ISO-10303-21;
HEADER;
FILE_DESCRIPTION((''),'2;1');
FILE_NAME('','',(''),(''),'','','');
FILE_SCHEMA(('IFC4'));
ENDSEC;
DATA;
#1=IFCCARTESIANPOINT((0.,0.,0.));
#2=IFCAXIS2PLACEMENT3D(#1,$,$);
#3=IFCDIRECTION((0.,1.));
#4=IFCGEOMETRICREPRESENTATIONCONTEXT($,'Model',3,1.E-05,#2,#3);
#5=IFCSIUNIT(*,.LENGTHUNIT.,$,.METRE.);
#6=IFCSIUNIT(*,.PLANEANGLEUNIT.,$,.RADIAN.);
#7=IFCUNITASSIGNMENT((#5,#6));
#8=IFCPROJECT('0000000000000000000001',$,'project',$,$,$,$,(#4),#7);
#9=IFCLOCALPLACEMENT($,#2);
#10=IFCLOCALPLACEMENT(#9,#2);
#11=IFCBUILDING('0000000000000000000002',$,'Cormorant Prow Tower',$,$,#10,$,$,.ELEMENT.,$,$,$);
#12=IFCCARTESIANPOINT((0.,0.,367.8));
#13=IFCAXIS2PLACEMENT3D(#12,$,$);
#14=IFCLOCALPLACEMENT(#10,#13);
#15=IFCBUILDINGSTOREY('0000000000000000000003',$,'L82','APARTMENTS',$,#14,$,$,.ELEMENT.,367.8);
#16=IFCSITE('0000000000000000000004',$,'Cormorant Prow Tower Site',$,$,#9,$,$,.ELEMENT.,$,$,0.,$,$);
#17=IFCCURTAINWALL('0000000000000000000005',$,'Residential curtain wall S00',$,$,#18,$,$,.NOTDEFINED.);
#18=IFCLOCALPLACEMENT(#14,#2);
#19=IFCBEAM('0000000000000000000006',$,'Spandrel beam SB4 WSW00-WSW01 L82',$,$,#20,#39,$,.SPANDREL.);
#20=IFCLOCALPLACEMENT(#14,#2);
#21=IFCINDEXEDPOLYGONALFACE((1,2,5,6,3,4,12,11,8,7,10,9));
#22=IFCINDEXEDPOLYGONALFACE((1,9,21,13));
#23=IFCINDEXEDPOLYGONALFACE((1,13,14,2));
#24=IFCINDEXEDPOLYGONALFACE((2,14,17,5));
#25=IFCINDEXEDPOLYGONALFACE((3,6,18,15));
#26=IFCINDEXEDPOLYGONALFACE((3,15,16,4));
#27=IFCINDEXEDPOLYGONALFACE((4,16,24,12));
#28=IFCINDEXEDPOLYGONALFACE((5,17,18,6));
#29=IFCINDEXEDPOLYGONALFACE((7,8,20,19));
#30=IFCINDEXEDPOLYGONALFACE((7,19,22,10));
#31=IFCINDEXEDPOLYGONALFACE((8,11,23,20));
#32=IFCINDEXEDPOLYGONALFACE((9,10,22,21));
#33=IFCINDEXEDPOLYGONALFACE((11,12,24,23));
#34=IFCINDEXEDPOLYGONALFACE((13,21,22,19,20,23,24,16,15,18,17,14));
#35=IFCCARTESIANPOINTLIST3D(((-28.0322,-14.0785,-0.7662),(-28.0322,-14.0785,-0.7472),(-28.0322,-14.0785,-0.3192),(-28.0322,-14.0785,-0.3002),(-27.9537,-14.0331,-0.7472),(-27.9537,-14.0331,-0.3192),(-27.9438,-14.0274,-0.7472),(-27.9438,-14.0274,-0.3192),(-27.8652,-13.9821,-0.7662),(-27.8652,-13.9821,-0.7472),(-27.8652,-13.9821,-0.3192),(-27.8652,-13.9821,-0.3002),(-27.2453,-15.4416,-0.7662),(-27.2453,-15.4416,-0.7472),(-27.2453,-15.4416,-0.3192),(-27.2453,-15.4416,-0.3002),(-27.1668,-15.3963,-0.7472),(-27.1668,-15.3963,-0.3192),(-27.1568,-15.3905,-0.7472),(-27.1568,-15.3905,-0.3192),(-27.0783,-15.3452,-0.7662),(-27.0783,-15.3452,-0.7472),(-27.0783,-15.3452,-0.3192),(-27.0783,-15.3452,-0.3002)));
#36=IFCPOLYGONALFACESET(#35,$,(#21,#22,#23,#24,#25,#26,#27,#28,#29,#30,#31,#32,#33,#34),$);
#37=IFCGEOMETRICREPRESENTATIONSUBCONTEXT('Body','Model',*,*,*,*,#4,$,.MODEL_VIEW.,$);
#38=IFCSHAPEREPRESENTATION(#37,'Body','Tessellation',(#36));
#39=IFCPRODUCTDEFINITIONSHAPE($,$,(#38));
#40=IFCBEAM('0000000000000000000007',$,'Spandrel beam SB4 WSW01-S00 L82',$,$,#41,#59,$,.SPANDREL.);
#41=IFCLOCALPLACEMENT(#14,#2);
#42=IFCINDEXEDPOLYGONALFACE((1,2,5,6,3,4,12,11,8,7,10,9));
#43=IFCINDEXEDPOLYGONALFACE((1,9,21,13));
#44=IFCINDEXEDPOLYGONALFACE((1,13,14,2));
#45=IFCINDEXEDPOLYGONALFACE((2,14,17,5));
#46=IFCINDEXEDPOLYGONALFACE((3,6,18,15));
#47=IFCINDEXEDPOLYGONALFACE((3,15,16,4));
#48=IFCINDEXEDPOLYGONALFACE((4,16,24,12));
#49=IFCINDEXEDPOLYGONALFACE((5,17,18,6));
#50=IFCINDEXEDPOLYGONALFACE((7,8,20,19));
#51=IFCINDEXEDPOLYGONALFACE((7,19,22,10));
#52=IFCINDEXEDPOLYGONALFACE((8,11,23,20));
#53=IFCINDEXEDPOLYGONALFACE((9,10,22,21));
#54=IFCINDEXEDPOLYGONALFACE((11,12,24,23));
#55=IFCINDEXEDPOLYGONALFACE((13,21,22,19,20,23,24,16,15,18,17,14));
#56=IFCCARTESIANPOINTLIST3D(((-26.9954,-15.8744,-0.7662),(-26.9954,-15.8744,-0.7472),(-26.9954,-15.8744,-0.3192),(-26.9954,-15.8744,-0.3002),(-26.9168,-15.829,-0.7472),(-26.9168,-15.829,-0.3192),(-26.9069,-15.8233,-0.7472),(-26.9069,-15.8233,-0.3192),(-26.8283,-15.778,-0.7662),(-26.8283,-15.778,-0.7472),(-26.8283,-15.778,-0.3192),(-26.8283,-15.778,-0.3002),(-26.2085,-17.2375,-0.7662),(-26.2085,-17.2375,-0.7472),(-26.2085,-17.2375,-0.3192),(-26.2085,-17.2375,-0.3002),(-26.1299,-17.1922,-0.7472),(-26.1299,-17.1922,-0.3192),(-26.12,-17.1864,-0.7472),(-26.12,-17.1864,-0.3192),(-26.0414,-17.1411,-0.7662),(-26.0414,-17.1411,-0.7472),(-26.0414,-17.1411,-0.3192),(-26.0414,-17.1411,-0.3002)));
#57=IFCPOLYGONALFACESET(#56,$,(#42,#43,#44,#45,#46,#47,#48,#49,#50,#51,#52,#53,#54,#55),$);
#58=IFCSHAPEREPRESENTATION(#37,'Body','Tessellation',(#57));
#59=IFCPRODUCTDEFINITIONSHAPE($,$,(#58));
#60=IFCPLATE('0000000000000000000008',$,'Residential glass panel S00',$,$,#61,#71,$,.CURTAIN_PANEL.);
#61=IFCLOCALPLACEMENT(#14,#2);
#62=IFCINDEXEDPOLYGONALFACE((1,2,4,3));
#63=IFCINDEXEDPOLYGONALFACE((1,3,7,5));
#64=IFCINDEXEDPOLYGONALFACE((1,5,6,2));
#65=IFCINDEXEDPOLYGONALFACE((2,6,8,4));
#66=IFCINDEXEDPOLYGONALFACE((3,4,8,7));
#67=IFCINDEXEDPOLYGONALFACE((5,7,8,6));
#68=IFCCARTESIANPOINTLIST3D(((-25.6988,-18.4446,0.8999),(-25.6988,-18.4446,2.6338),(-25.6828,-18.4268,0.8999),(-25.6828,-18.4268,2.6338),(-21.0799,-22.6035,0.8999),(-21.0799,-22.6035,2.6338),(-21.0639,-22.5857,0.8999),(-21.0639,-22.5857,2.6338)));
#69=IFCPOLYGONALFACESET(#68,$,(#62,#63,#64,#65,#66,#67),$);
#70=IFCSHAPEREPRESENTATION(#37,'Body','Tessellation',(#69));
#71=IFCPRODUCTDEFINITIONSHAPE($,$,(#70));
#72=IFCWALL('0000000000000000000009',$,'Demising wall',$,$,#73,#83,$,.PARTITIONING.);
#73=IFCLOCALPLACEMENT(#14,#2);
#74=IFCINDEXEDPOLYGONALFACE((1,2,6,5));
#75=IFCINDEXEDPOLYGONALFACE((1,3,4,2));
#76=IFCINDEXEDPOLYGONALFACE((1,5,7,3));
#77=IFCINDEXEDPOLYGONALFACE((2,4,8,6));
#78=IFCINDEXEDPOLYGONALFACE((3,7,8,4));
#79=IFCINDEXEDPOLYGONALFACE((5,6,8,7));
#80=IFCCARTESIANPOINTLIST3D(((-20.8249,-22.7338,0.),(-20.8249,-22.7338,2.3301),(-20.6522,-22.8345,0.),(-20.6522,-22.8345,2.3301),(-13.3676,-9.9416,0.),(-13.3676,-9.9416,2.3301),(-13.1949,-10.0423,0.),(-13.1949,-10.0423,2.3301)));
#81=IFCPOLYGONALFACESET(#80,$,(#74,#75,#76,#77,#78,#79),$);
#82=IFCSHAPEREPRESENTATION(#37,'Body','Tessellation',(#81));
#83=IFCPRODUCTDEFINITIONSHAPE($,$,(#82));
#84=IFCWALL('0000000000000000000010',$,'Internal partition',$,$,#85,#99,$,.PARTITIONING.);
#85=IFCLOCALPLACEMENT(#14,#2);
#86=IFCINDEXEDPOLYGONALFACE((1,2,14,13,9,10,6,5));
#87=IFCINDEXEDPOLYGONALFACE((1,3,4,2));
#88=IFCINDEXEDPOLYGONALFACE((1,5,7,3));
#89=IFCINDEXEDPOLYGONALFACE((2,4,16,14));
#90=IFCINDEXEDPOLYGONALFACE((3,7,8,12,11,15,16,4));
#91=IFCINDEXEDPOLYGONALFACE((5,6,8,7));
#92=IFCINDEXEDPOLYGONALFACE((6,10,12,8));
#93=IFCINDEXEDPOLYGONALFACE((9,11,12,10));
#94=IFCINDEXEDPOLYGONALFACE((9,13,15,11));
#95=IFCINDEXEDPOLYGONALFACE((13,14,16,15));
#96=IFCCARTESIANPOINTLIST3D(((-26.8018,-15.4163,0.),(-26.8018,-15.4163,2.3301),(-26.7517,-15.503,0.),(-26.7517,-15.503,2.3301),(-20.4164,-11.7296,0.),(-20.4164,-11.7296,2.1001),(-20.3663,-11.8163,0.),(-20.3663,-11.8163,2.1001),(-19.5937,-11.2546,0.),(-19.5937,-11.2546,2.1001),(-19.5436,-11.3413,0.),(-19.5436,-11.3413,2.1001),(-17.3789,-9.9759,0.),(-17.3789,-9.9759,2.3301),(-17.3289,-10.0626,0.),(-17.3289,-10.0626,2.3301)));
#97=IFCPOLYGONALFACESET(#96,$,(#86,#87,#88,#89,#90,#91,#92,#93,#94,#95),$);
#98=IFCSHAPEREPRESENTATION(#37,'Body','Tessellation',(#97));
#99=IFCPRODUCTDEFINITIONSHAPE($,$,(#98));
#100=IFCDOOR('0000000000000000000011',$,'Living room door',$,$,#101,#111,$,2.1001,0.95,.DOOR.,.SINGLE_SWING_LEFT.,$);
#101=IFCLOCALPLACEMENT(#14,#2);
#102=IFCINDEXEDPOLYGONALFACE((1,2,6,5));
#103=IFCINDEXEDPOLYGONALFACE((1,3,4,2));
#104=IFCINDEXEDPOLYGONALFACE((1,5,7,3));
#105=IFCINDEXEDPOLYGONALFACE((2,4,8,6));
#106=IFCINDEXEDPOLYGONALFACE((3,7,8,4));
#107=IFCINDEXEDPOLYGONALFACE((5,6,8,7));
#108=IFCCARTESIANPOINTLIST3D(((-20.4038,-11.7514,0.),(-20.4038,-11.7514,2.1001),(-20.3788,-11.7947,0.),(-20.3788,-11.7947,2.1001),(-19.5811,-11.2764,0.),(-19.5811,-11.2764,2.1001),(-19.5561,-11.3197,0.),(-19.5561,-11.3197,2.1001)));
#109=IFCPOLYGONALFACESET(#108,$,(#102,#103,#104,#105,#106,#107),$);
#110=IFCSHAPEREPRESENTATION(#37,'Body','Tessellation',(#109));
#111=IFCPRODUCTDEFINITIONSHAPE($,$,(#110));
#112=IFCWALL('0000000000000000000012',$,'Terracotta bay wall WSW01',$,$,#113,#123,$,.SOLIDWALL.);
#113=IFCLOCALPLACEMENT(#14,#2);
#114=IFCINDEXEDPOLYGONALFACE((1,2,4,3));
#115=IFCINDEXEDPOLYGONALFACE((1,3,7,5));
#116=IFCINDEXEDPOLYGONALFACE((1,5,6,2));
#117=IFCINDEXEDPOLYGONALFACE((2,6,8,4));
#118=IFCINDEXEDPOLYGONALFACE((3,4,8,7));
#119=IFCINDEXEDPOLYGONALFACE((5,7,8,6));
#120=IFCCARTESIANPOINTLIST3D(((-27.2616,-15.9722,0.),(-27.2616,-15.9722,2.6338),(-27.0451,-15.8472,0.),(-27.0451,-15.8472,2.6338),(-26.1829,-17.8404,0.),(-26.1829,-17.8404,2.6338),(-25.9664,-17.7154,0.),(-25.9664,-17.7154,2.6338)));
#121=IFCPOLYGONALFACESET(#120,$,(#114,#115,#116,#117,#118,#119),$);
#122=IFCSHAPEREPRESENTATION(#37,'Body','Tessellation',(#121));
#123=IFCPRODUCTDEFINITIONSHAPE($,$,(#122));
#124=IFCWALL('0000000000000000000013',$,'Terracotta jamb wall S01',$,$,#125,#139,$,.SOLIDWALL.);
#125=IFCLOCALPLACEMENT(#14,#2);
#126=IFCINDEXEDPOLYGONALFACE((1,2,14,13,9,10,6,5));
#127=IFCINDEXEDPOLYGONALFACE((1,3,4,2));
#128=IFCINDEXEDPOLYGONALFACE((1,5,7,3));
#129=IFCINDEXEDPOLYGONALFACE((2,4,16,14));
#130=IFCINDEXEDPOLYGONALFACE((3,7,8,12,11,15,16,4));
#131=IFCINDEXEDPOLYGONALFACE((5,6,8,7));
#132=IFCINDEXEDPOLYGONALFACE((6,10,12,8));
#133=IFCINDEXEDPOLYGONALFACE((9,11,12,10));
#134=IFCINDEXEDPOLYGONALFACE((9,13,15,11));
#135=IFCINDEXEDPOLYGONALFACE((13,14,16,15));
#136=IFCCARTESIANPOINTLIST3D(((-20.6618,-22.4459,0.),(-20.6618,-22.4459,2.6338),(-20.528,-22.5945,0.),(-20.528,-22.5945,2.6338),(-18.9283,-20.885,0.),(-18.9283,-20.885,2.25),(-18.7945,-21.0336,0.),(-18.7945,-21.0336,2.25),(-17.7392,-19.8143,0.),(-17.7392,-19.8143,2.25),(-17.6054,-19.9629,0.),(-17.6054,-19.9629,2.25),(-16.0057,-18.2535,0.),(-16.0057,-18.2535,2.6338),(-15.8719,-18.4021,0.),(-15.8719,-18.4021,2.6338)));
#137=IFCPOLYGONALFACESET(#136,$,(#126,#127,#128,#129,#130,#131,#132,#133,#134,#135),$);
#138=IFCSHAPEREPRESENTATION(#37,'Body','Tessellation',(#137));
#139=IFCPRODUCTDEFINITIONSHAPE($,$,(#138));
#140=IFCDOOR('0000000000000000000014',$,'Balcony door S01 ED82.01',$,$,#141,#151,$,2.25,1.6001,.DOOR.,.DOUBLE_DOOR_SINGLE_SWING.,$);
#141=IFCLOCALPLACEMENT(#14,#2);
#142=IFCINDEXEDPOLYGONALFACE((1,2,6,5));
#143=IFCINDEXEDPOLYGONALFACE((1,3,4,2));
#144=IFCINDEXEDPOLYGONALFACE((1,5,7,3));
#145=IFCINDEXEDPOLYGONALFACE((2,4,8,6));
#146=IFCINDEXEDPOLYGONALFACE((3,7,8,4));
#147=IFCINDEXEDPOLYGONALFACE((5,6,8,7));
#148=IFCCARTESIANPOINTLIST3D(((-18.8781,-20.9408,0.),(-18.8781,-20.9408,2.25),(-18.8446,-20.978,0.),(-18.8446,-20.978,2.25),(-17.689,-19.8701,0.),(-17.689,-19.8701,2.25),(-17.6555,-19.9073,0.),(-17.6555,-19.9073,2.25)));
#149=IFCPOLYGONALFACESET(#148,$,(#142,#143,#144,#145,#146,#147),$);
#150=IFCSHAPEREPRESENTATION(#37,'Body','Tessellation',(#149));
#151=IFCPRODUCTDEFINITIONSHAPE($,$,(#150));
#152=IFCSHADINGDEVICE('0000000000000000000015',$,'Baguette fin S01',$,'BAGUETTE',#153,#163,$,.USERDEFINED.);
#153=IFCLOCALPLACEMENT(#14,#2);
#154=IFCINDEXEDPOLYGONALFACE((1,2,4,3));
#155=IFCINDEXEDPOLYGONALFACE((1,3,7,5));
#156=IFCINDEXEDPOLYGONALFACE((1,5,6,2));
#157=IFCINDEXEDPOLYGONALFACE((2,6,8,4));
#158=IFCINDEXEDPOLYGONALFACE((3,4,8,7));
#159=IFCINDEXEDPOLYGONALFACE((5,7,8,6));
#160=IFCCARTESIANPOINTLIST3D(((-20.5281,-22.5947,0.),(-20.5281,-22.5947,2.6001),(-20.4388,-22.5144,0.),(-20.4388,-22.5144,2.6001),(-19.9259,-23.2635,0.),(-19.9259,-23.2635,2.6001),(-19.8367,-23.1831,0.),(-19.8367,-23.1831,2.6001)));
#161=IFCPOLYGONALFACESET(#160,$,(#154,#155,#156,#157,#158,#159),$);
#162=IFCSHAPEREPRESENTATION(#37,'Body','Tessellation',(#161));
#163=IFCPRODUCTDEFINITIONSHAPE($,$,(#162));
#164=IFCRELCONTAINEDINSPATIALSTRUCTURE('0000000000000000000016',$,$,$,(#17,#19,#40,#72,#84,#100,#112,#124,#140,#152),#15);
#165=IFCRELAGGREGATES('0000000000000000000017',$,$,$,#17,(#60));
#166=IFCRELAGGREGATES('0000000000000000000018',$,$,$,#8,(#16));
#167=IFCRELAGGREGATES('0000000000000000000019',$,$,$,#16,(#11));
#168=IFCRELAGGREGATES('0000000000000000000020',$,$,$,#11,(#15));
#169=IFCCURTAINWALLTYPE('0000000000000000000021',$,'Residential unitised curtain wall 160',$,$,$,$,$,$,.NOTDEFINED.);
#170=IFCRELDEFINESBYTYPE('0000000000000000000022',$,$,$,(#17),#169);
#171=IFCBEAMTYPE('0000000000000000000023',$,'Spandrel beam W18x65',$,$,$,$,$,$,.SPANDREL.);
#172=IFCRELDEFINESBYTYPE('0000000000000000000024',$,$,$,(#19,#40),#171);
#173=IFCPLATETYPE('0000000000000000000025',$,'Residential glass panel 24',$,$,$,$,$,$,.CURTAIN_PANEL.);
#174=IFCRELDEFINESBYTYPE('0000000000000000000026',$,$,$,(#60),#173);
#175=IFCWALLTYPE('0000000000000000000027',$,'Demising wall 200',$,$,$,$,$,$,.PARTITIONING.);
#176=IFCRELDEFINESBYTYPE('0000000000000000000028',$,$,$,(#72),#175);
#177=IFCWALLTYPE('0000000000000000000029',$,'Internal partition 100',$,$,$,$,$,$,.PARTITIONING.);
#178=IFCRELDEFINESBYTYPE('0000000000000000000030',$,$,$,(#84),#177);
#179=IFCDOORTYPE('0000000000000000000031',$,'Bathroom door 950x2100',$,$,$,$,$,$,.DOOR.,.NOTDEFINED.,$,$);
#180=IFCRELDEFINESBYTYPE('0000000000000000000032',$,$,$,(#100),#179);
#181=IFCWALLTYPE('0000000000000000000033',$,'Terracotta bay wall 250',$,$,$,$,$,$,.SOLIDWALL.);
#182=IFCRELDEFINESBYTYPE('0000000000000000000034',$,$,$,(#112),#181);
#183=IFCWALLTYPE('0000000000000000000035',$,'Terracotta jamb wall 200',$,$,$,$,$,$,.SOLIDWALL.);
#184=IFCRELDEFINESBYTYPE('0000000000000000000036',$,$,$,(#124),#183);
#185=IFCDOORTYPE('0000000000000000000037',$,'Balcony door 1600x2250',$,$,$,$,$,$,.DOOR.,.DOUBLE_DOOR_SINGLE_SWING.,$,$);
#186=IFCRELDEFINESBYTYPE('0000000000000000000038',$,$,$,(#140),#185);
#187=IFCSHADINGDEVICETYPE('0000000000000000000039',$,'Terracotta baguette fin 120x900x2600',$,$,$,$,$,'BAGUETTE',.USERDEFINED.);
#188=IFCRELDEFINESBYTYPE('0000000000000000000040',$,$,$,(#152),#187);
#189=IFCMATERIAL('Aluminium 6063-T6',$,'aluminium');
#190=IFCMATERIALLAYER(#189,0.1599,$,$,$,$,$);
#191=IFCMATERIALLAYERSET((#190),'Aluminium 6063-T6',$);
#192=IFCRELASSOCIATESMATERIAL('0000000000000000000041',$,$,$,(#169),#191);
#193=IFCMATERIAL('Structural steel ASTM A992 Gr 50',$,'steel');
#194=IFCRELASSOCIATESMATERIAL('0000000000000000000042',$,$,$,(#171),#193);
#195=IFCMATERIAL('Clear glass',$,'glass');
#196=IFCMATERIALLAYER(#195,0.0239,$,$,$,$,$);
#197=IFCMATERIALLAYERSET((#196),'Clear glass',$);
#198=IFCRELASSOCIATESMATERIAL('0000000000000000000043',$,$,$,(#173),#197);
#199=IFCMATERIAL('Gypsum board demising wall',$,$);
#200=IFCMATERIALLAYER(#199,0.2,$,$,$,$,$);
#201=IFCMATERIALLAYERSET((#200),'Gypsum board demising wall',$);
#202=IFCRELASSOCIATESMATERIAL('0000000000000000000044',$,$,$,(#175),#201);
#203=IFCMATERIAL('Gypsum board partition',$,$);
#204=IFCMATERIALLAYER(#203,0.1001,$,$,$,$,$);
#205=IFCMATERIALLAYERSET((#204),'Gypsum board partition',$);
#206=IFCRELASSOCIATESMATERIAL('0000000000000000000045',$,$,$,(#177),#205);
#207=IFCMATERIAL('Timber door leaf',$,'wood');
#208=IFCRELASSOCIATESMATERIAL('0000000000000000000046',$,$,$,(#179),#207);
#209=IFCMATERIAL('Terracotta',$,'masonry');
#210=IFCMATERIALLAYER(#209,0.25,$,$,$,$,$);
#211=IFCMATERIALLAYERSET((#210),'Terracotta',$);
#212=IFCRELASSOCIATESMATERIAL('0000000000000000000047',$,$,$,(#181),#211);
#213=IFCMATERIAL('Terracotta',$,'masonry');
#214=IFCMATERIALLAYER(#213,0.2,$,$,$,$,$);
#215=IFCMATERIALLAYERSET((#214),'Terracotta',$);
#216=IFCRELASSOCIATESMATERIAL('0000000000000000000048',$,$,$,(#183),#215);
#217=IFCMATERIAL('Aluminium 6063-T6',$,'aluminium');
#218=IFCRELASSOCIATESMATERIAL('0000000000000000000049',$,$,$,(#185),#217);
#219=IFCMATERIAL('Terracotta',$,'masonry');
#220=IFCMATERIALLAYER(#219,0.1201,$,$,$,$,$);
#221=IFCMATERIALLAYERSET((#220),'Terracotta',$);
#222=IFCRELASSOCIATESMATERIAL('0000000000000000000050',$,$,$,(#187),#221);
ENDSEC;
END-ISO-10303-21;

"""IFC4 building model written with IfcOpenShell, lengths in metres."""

from ifc_helpers import new_model, si_unit, direction, frame, frame_2d, origin, origin_2d, place, context, subcontext, project, spatial, rectangle, i_section, extrude, material, layer, layer_set, material_profile, profile_set, type_object, element, fill, aggregate, save


model = new_model("IFC4")

# Units and contexts
model_context = context("Model", 3, precision=1e-05, world=origin(), true_north=direction((0.0, 1.0)))
body_context = subcontext(model_context, "Body", "Model", "MODEL_VIEW")
ifc_project = project(units=[si_unit("LENGTHUNIT", "METRE"), si_unit("PLANEANGLEUNIT", "RADIAN")], contexts=[model_context])

# Site, building, storey
site_placement = place(None, origin())
site = spatial("IfcSite", under=ifc_project, at=site_placement, Name="Cormorant Prow Tower Site", CompositionType="ELEMENT", RefElevation=0.0)
building_placement = place(site_placement, origin())
building = spatial("IfcBuilding", under=site, at=building_placement, Name="Cormorant Prow Tower", CompositionType="ELEMENT")
storey_placement = place(building_placement, frame((0.0, 0.0, 367.8)))
storey = spatial("IfcBuildingStorey", under=building, at=storey_placement, Name="L82", Description="APARTMENTS", CompositionType="ELEMENT", Elevation=367.8)

# Curtain wall
ifc_material_1 = material(Name="Aluminium 6063-T6", Category="aluminium")
ifc_layer_1 = layer(ifc_material_1, 0.1599)
ifc_layer_set_1 = layer_set([ifc_layer_1], Name="Aluminium 6063-T6")
curtain_wall_type = type_object("IfcCurtainWallType", Name="Residential unitised curtain wall 160", PredefinedType="NOTDEFINED", material=ifc_layer_set_1)
curtain_wall_placement = place(storey_placement, origin())
curtain_wall = element("IfcCurtainWall", 1, at=curtain_wall_placement, inside=storey, type_object=curtain_wall_type, Name="Residential curtain wall S00", PredefinedType="NOTDEFINED")

# Beams
ifc_material_2 = material(Name="Structural steel ASTM A992 Gr 50", Category="steel")
ifc_material_profile_1 = material_profile(ifc_material_2, i_section(OverallWidth=0.1929, OverallDepth=0.4661, WebThickness=0.0115, FlangeThickness=0.019, at=origin_2d()), Name="W18x65")
ifc_profile_set_1 = profile_set([ifc_material_profile_1], Name="Structural steel ASTM A992 Gr 50")
beam_type = type_object("IfcBeamType", Name="Spandrel beam W18x65", PredefinedType="SPANDREL", material=ifc_profile_set_1)
for number, where, z_axis, x_axis, name in (
    (2, (-27.9487, -14.0303, -0.5332), (0.49996, -0.866049, 0.0), (0.866049, 0.49996, 0.0), "Spandrel beam SB4 WSW00-WSW01 L82"),
    (3, (-26.9119, -15.8262, -0.5332), (0.49996, -0.866049, 0.0), (0.866049, 0.49996, 0.0), "Spandrel beam SB4 WSW01-S00 L82"),
):
    element("IfcBeam", number, at=place(storey_placement, frame(where, z_axis=z_axis, x_axis=x_axis)), inside=storey, type_object=beam_type, Name=name, PredefinedType="SPANDREL", context=body_context, shape_type="SweptSolid", body=[
        extrude(i_section(OverallWidth=0.1929, OverallDepth=0.4661, WebThickness=0.0115, FlangeThickness=0.019, at=origin_2d()), origin(), (0.0, 0.0, 1.0), 1.574),
    ])

# Plate
ifc_material_3 = material(Name="Clear glass", Category="glass")
ifc_layer_2 = layer(ifc_material_3, 0.0239)
ifc_layer_set_2 = layer_set([ifc_layer_2], Name="Clear glass")
plate_type = type_object("IfcPlateType", Name="Residential glass panel 24", PredefinedType="CURTAIN_PANEL", material=ifc_layer_set_2)
plate_placement = place(storey_placement, frame((-23.3813, -20.5151, 0.8999), z_axis=(0.0, 0.0, 1.0), x_axis=(0.743145, -0.669131, 0.0)))
plate = element("IfcPlate", 4, at=plate_placement, type_object=plate_type, Name="Residential glass panel S00", PredefinedType="CURTAIN_PANEL", context=body_context, shape_type="SweptSolid", body=[
    extrude(rectangle(XDim=6.2153, YDim=0.0239, at=origin_2d()), origin(), (0.0, 0.0, 1.0), 1.7339),
])
aggregate(curtain_wall, [plate])

# Wall
ifc_material_4 = material(Name="Gypsum board demising wall")
ifc_layer_3 = layer(ifc_material_4, 0.2)
ifc_layer_set_3 = layer_set([ifc_layer_3], Name="Gypsum board demising wall")
wall_type_1 = type_object("IfcWallType", Name="Demising wall 200", PredefinedType="PARTITIONING", material=ifc_layer_set_3)
wall_1_placement = place(storey_placement, frame((-20.7385, -22.7842, 0.0), z_axis=(0.0, 0.0, 1.0), x_axis=(0.503626, 0.863922, 0.0)))
element("IfcWall", 5, at=wall_1_placement, inside=storey, type_object=wall_type_1, Name="Demising wall", PredefinedType="PARTITIONING", context=body_context, shape_type="SweptSolid", body=[
    extrude(rectangle(XDim=14.8071, YDim=0.2, at=frame_2d((7.4036, 0.0))), origin(), (0.0, 0.0, 1.0), 2.3301),
])

# Wall, opening, door
ifc_material_5 = material(Name="Gypsum board partition")
ifc_layer_4 = layer(ifc_material_5, 0.1001)
ifc_layer_set_4 = layer_set([ifc_layer_4], Name="Gypsum board partition")
wall_type_2 = type_object("IfcWallType", Name="Internal partition 100", PredefinedType="PARTITIONING", material=ifc_layer_set_4)
wall_2_placement = place(storey_placement, frame((-26.7769, -15.4597, 0.0), z_axis=(0.0, 0.0, 1.0), x_axis=(0.86602, 0.50001, 0.0)))
wall_2 = element("IfcWall", 6, at=wall_2_placement, inside=storey, type_object=wall_type_2, Name="Internal partition", PredefinedType="PARTITIONING", context=body_context, shape_type="SweptSolid", body=[
    extrude(rectangle(XDim=10.8806, YDim=0.1001, at=frame_2d((5.4404, 0.0))), origin(), (0.0, 0.0, 1.0), 2.3301),
])
opening_1_placement = place(wall_2_placement, frame((7.3733, 0.0, 0.0)))
opening_1 = element("IfcOpeningElement", 7, at=opening_1_placement, cuts=wall_2, PredefinedType="OPENING", context=body_context, shape_type="SweptSolid", body=[
    extrude(rectangle(XDim=0.95, YDim=2.1001, at=frame_2d((0.4751, 1.05))), frame((0.0, 0.0601, 0.0), z_axis=(0.0, -1.0, 0.0), x_axis=(1.0, 0.0, 0.0)), (0.0, 0.0, 1.0), 0.1201),
])
ifc_material_6 = material(Name="Timber door leaf", Category="wood")
door_type_1 = type_object("IfcDoorType", Name="Bathroom door 950x2100", OperationType="NOTDEFINED", PredefinedType="DOOR", material=ifc_material_6)
door_1_placement = place(opening_1_placement, origin())
door_1 = element("IfcDoor", 8, at=door_1_placement, inside=storey, type_object=door_type_1, Name="Living room door", OperationType="SINGLE_SWING_LEFT", OverallHeight=2.1001, OverallWidth=0.95, PredefinedType="DOOR", context=body_context, shape_type="SweptSolid", body=[
    extrude(rectangle(XDim=0.95, YDim=2.1001, at=frame_2d((0.4751, 1.05))), frame((0.0, 0.0249, 0.0), z_axis=(0.0, -1.0, 0.0), x_axis=(1.0, 0.0, 0.0)), (0.0, 0.0, 1.0), 0.05),
])
fill(opening_1, door_1)

# Wall
ifc_material_7 = material(Name="Terracotta", Category="masonry")
ifc_layer_5 = layer(ifc_material_7, 0.25)
ifc_layer_set_5 = layer_set([ifc_layer_5], Name="Terracotta")
wall_type_3 = type_object("IfcWallType", Name="Terracotta bay wall 250", PredefinedType="SOLIDWALL", material=ifc_layer_set_5)
wall_3_placement = place(storey_placement, frame((-27.1533, -15.9097, 0.0), z_axis=(0.0, 0.0, 1.0), x_axis=(0.50001, -0.86602, 0.0)))
element("IfcWall", 9, at=wall_3_placement, inside=storey, type_object=wall_type_3, Name="Terracotta bay wall WSW01", PredefinedType="SOLIDWALL", context=body_context, shape_type="SweptSolid", body=[
    extrude(rectangle(XDim=2.1572, YDim=0.25, at=frame_2d((1.0786, 0.0))), origin(), (0.0, 0.0, 1.0), 2.6338),
])

# Wall, opening, door
ifc_material_8 = material(Name="Terracotta", Category="masonry")
ifc_layer_6 = layer(ifc_material_8, 0.2)
ifc_layer_set_6 = layer_set([ifc_layer_6], Name="Terracotta")
wall_type_4 = type_object("IfcWallType", Name="Terracotta jamb wall 200", PredefinedType="SOLIDWALL", material=ifc_layer_set_6)
wall_4_placement = place(storey_placement, frame((-20.595, -22.5203, 0.0), z_axis=(0.0, 0.0, 1.0), x_axis=(0.743137, 0.669139, 0.0)))
wall_4 = element("IfcWall", 10, at=wall_4_placement, inside=storey, type_object=wall_type_4, Name="Terracotta jamb wall S01", PredefinedType="SOLIDWALL", context=body_context, shape_type="SweptSolid", body=[
    extrude(rectangle(XDim=6.2654, YDim=0.2, at=frame_2d((3.1328, 0.0))), origin(), (0.0, 0.0, 1.0), 2.6338),
])
opening_2_placement = place(wall_4_placement, frame((2.3328, 0.0, 0.0)))
opening_2 = element("IfcOpeningElement", 11, at=opening_2_placement, cuts=wall_4, PredefinedType="OPENING", context=body_context, shape_type="SweptSolid", body=[
    extrude(rectangle(XDim=1.6001, YDim=2.25, at=frame_2d((0.8, 1.125))), frame((0.0, 0.1099, 0.0), z_axis=(0.0, -1.0, 0.0), x_axis=(1.0, 0.0, 0.0)), (0.0, 0.0, 1.0), 0.22),
])
ifc_material_9 = material(Name="Aluminium 6063-T6", Category="aluminium")
door_type_2 = type_object("IfcDoorType", Name="Balcony door 1600x2250", OperationType="DOUBLE_DOOR_SINGLE_SWING", PredefinedType="DOOR", material=ifc_material_9)
door_2_placement = place(opening_2_placement, origin())
door_2 = element("IfcDoor", 12, at=door_2_placement, inside=storey, type_object=door_type_2, Name="Balcony door S01 ED82.01", OperationType="DOUBLE_DOOR_SINGLE_SWING", OverallHeight=2.25, OverallWidth=1.6001, PredefinedType="DOOR", context=body_context, shape_type="SweptSolid", body=[
    extrude(rectangle(XDim=1.6001, YDim=2.25, at=frame_2d((0.8, 1.125))), frame((0.0, 0.0249, 0.0), z_axis=(0.0, -1.0, 0.0), x_axis=(1.0, 0.0, 0.0)), (0.0, 0.0, 1.0), 0.05),
])
fill(opening_2, door_2)

# Shading device
ifc_material_10 = material(Name="Terracotta", Category="masonry")
ifc_layer_7 = layer(ifc_material_10, 0.1201)
ifc_layer_set_7 = layer_set([ifc_layer_7], Name="Terracotta")
shading_device_type = type_object("IfcShadingDeviceType", Name="Terracotta baguette fin 120x900x2600", ElementType="BAGUETTE", PredefinedType="USERDEFINED", material=ifc_layer_set_7)
shading_device_placement = place(storey_placement, frame((-20.1824, -22.8889, 0.0), z_axis=(0.0, 0.0, 1.0), x_axis=(0.743145, 0.669131, 0.0)))
element("IfcShadingDevice", 13, at=shading_device_placement, inside=storey, type_object=shading_device_type, Name="Baguette fin S01", ObjectType="BAGUETTE", PredefinedType="USERDEFINED", context=body_context, shape_type="SweptSolid", body=[
    extrude(rectangle(XDim=0.1201, YDim=0.8999, at=origin_2d()), origin(), (0.0, 0.0, 1.0), 2.6001),
])

save(model, "model.ifc")
